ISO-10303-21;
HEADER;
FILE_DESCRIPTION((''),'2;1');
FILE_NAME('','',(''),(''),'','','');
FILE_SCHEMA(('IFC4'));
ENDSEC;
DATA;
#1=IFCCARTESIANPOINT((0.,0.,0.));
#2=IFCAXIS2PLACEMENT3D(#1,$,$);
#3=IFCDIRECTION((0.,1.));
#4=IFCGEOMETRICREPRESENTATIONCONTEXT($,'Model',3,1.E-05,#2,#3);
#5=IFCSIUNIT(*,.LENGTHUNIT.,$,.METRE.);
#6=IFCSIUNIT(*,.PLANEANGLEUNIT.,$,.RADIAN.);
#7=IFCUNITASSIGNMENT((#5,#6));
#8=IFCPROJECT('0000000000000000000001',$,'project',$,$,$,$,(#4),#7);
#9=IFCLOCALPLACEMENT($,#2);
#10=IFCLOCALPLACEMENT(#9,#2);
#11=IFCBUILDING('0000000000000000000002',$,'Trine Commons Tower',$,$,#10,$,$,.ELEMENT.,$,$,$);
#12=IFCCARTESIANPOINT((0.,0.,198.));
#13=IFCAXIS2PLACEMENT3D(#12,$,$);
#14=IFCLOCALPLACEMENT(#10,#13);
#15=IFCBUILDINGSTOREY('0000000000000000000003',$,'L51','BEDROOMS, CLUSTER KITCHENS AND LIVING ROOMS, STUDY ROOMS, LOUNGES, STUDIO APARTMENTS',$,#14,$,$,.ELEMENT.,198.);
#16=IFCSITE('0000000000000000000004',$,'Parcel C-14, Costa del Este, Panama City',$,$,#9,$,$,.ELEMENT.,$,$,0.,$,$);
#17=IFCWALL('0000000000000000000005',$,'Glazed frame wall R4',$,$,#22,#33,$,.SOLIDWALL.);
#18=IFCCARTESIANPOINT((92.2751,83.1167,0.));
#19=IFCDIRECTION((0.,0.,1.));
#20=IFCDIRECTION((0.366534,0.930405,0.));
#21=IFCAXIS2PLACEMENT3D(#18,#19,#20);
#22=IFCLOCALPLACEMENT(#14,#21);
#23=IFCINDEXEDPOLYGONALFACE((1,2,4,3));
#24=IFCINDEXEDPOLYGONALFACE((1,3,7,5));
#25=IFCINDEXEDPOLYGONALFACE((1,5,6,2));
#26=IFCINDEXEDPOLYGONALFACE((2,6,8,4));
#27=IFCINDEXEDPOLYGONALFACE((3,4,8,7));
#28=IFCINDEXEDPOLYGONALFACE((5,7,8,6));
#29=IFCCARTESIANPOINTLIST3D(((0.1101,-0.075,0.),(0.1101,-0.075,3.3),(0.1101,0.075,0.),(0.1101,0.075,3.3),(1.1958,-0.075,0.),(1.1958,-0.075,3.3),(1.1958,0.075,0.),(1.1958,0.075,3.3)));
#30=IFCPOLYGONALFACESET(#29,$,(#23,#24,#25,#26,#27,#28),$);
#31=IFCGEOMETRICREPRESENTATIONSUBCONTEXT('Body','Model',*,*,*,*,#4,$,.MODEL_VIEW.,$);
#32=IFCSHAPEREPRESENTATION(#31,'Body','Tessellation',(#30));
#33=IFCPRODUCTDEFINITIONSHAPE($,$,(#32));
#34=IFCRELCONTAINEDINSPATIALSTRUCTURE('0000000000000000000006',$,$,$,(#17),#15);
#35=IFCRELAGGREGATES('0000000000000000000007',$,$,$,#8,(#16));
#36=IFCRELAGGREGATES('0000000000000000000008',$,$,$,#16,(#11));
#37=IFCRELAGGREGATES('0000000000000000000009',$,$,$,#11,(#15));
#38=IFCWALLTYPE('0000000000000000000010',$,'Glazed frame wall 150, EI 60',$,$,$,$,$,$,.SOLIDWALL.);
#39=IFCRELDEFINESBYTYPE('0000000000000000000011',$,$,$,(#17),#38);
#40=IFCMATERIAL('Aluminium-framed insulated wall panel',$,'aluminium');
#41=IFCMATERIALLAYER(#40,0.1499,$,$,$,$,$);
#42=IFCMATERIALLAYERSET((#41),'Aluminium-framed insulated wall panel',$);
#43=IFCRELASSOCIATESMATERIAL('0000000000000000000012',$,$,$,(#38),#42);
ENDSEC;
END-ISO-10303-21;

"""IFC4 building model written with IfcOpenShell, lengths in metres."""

from ifc_helpers import new_model, si_unit, direction, frame, origin, place, context, subcontext, project, spatial, polyline, outline, extrude, material, layer, layer_set, type_object, element, save


model = new_model("IFC4")

# Units and contexts
model_context = context("Model", 3, precision=1e-05, world=origin(), true_north=direction((0.0, 1.0)))
body_context = subcontext(model_context, "Body", "Model", "MODEL_VIEW")
ifc_project = project(units=[si_unit("LENGTHUNIT", "METRE"), si_unit("PLANEANGLEUNIT", "RADIAN")], contexts=[model_context])

# Site, building, storey
site_placement = place(None, origin())
site = spatial("IfcSite", under=ifc_project, at=site_placement, Name="Parcel C-14, Costa del Este, Panama City", CompositionType="ELEMENT", RefElevation=0.0)
building_placement = place(site_placement, origin())
building = spatial("IfcBuilding", under=site, at=building_placement, Name="Trine Commons Tower", CompositionType="ELEMENT")
storey_placement = place(building_placement, frame((0.0, 0.0, 198.0)))
storey = spatial("IfcBuildingStorey", under=building, at=storey_placement, Name="L51", Description="BEDROOMS, CLUSTER KITCHENS AND LIVING ROOMS, STUDY ROOMS, LOUNGES, STUDIO APARTMENTS", CompositionType="ELEMENT", Elevation=198.0)

# Wall
ifc_material_1 = material(Name="Aluminium-framed insulated wall panel", Category="aluminium")
ifc_layer_1 = layer(ifc_material_1, 0.1499)
ifc_layer_set_1 = layer_set([ifc_layer_1], Name="Aluminium-framed insulated wall panel")
wall_type_1 = type_object("IfcWallType", Name="Glazed frame wall 150, EI 60", PredefinedType="SOLIDWALL", material=ifc_layer_set_1)
wall_1_placement = place(storey_placement, frame((92.2751, 83.1167, 0.0), z_axis=(0.0, 0.0, 1.0), x_axis=(0.366534, 0.930405, 0.0)))
element("IfcWall", 1, at=wall_1_placement, inside=storey, type_object=wall_type_1, Name="Glazed frame wall R4", PredefinedType="SOLIDWALL", context=body_context, shape_type="SweptSolid", body=[
    extrude(outline(polyline([(0.1101, 0.075), (0.1101, -0.075), (1.1958, -0.075), (1.1958, 0.075), (0.1101, 0.075)])), origin(), (0.0, 0.0, 1.0), 3.3),
])

save(model, "model.ifc")
